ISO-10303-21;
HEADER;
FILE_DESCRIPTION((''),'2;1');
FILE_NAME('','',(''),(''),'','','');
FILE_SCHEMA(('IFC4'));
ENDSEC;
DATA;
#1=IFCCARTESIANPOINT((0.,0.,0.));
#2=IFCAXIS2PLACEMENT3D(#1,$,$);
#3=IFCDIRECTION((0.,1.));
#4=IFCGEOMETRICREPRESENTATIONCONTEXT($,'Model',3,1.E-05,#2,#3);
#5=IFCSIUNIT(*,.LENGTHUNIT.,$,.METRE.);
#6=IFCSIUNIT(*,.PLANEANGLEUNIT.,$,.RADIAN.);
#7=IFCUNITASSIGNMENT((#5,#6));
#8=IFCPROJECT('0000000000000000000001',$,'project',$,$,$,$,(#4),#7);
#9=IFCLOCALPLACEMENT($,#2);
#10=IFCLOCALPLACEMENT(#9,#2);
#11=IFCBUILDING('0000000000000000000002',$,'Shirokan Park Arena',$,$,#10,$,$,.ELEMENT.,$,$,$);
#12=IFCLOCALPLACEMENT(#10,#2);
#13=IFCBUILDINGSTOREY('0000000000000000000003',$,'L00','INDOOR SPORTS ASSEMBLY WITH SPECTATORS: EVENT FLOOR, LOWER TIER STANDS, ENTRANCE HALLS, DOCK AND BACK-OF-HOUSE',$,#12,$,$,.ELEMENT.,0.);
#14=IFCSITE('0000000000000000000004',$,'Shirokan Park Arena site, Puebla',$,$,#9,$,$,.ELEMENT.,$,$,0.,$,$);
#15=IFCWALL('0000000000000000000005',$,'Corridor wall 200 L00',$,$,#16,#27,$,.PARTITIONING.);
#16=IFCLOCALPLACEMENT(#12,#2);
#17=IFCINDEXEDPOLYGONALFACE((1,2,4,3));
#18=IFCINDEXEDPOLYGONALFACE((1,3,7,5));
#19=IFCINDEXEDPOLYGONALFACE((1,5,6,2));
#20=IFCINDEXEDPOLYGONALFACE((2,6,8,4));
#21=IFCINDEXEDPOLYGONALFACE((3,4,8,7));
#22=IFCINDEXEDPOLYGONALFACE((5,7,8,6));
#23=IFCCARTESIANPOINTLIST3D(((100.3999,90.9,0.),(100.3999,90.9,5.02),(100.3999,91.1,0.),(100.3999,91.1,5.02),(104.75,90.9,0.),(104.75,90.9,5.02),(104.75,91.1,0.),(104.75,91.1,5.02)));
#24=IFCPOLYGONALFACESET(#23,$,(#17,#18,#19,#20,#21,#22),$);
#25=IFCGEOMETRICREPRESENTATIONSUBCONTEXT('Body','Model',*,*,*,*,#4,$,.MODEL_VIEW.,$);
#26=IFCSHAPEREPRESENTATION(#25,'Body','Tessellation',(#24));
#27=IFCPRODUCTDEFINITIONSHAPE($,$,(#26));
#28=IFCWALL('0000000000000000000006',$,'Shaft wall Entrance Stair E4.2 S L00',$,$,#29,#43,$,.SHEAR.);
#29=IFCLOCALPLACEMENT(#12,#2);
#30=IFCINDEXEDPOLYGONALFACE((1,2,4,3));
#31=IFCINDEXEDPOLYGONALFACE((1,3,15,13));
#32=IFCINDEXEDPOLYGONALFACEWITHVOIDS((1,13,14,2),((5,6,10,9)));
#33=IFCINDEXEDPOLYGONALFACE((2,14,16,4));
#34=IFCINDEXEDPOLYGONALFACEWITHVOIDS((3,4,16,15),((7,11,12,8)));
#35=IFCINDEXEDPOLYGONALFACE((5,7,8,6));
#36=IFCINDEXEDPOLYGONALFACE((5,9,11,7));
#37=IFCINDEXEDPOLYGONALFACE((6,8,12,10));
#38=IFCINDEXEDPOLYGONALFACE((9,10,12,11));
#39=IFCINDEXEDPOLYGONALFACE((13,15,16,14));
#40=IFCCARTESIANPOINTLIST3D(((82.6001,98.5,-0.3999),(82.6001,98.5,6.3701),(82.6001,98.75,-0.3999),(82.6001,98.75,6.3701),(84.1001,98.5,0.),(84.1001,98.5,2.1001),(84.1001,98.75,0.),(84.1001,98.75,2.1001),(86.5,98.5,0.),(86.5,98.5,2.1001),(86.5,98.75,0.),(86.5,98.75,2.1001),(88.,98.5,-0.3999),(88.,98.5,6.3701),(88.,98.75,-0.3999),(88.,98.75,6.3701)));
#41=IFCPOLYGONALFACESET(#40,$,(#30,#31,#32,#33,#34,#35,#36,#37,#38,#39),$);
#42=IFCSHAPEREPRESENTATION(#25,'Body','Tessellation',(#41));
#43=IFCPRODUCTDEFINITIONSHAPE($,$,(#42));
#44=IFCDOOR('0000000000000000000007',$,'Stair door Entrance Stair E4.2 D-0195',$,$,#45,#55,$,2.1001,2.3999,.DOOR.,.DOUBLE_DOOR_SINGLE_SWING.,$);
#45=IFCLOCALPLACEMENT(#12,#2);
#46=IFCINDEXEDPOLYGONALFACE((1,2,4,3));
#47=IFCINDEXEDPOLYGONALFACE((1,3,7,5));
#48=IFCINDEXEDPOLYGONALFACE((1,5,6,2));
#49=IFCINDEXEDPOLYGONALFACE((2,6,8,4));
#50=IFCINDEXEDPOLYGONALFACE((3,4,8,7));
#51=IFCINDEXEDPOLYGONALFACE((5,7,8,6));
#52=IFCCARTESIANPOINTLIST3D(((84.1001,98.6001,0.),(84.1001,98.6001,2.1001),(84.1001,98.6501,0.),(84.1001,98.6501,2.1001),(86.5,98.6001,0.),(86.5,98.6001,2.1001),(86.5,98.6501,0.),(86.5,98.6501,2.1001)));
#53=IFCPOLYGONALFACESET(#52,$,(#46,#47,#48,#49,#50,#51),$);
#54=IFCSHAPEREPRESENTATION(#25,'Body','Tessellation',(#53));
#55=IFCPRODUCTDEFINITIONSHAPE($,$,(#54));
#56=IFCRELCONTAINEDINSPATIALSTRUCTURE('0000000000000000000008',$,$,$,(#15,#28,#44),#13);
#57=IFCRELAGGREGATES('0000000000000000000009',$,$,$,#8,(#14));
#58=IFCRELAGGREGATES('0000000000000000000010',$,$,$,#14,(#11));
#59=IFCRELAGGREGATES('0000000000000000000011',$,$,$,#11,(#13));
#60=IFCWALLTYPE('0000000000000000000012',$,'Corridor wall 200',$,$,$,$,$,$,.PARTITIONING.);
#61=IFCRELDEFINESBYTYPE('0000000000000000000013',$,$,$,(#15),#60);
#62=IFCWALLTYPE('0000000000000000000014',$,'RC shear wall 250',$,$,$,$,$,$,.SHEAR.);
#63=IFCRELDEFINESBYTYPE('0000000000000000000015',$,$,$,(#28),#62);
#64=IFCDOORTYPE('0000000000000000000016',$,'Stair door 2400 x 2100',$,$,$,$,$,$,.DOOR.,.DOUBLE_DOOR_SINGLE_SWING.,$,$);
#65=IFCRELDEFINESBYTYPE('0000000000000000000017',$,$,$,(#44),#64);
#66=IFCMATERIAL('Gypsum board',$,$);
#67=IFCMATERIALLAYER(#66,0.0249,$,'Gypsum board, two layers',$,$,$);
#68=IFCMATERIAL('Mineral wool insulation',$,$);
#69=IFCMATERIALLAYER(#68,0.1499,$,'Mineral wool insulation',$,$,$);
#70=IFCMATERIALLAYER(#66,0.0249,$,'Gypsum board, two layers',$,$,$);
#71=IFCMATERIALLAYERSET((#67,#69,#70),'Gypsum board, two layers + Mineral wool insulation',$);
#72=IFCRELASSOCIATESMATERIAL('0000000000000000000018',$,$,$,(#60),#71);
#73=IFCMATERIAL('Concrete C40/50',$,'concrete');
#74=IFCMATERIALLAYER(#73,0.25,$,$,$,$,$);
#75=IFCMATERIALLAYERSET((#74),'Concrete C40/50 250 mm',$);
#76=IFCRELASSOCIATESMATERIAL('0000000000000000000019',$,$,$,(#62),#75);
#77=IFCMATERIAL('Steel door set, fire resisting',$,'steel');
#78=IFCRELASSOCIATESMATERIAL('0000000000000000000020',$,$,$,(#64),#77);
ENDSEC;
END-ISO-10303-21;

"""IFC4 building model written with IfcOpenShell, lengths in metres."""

from ifc_helpers import new_model, si_unit, direction, frame, frame_2d, origin, place, context, subcontext, project, spatial, rectangle, extrude, material, layer, layer_set, type_object, element, fill, save


model = new_model("IFC4")

# Units and contexts
model_context = context("Model", 3, precision=1e-05, world=origin(), true_north=direction((0.0, 1.0)))
body_context = subcontext(model_context, "Body", "Model", "MODEL_VIEW")
ifc_project = project(units=[si_unit("LENGTHUNIT", "METRE"), si_unit("PLANEANGLEUNIT", "RADIAN")], contexts=[model_context])

# Site, building, storey
site_placement = place(None, origin())
site = spatial("IfcSite", under=ifc_project, at=site_placement, Name="Shirokan Park Arena site, Puebla", CompositionType="ELEMENT", RefElevation=0.0)
building_placement = place(site_placement, origin())
building = spatial("IfcBuilding", under=site, at=building_placement, Name="Shirokan Park Arena", CompositionType="ELEMENT")
storey_placement = place(building_placement, origin())
storey = spatial("IfcBuildingStorey", under=building, at=storey_placement, Name="L00", Description="INDOOR SPORTS ASSEMBLY WITH SPECTATORS: EVENT FLOOR, LOWER TIER STANDS, ENTRANCE HALLS, DOCK AND BACK-OF-HOUSE", CompositionType="ELEMENT", Elevation=0.0)

# Shared definitions
ifc_material_1 = material(Name="Gypsum board")
ifc_layer_1 = layer(ifc_material_1, 0.0249, Name="Gypsum board, two layers")
ifc_material_2 = material(Name="Mineral wool insulation")
ifc_layer_2 = layer(ifc_material_2, 0.1499, Name="Mineral wool insulation")
ifc_layer_3 = layer(ifc_material_1, 0.0249, Name="Gypsum board, two layers")
ifc_layer_set_1 = layer_set([ifc_layer_1, ifc_layer_2, ifc_layer_3], Name="Gypsum board, two layers + Mineral wool insulation")
wall_type_1 = type_object("IfcWallType", Name="Corridor wall 200", PredefinedType="PARTITIONING", material=ifc_layer_set_1)

# Wall
wall_1_placement = place(storey_placement, frame((104.75, 91.0, 0.0), z_axis=(0.0, 0.0, 1.0), x_axis=(-1.0, 0.0, 0.0)))
element("IfcWall", 1, at=wall_1_placement, inside=storey, type_object=wall_type_1, Name="Corridor wall 200 L00", PredefinedType="PARTITIONING", context=body_context, shape_type="SweptSolid", body=[
    extrude(rectangle(XDim=4.3501, YDim=0.2, at=frame_2d((2.175, 0.0))), origin(), (0.0, 0.0, 1.0), 5.02),
])

# Wall, opening, door
ifc_material_3 = material(Name="Concrete C40/50", Category="concrete")
ifc_layer_4 = layer(ifc_material_3, 0.25)
ifc_layer_set_2 = layer_set([ifc_layer_4], Name="Concrete C40/50 250 mm")
wall_type_2 = type_object("IfcWallType", Name="RC shear wall 250", PredefinedType="SHEAR", material=ifc_layer_set_2)
wall_2_placement = place(storey_placement, frame((88.0, 98.625, -0.3999), z_axis=(0.0, 0.0, 1.0), x_axis=(-1.0, 0.0, 0.0)))
wall_2 = element("IfcWall", 2, at=wall_2_placement, inside=storey, type_object=wall_type_2, Name="Shaft wall Entrance Stair E4.2 S L00", PredefinedType="SHEAR", context=body_context, shape_type="SweptSolid", body=[
    extrude(rectangle(XDim=5.3999, YDim=0.25, at=frame_2d((2.7, 0.0))), origin(), (0.0, 0.0, 1.0), 6.77),
])
opening_1_placement = place(wall_2_placement, frame((1.5, 0.0, 0.3999)))
opening_1 = element("IfcOpeningElement", 3, at=opening_1_placement, cuts=wall_2, PredefinedType="OPENING", context=body_context, shape_type="SweptSolid", body=[
    extrude(rectangle(XDim=2.3999, YDim=2.1001, at=frame_2d((1.2, 1.05))), frame((0.0, 0.135, 0.0), z_axis=(0.0, -1.0, 0.0), x_axis=(1.0, 0.0, 0.0)), (0.0, 0.0, 1.0), 0.27),
])
ifc_material_4 = material(Name="Steel door set, fire resisting", Category="steel")
door_type_1 = type_object("IfcDoorType", Name="Stair door 2400 x 2100", OperationType="DOUBLE_DOOR_SINGLE_SWING", PredefinedType="DOOR", material=ifc_material_4)
door_1_placement = place(opening_1_placement, origin())
door_1 = element("IfcDoor", 4, at=door_1_placement, inside=storey, type_object=door_type_1, Name="Stair door Entrance Stair E4.2 D-0195", OperationType="DOUBLE_DOOR_SINGLE_SWING", OverallHeight=2.1001, OverallWidth=2.3999, PredefinedType="DOOR", context=body_context, shape_type="SweptSolid", body=[
    extrude(rectangle(XDim=2.3999, YDim=2.1001, at=frame_2d((1.2, 1.05))), frame((0.0, 0.0249, 0.0), z_axis=(0.0, -1.0, 0.0), x_axis=(1.0, 0.0, 0.0)), (0.0, 0.0, 1.0), 0.05),
])
fill(opening_1, door_1)

save(model, "model.ifc")
